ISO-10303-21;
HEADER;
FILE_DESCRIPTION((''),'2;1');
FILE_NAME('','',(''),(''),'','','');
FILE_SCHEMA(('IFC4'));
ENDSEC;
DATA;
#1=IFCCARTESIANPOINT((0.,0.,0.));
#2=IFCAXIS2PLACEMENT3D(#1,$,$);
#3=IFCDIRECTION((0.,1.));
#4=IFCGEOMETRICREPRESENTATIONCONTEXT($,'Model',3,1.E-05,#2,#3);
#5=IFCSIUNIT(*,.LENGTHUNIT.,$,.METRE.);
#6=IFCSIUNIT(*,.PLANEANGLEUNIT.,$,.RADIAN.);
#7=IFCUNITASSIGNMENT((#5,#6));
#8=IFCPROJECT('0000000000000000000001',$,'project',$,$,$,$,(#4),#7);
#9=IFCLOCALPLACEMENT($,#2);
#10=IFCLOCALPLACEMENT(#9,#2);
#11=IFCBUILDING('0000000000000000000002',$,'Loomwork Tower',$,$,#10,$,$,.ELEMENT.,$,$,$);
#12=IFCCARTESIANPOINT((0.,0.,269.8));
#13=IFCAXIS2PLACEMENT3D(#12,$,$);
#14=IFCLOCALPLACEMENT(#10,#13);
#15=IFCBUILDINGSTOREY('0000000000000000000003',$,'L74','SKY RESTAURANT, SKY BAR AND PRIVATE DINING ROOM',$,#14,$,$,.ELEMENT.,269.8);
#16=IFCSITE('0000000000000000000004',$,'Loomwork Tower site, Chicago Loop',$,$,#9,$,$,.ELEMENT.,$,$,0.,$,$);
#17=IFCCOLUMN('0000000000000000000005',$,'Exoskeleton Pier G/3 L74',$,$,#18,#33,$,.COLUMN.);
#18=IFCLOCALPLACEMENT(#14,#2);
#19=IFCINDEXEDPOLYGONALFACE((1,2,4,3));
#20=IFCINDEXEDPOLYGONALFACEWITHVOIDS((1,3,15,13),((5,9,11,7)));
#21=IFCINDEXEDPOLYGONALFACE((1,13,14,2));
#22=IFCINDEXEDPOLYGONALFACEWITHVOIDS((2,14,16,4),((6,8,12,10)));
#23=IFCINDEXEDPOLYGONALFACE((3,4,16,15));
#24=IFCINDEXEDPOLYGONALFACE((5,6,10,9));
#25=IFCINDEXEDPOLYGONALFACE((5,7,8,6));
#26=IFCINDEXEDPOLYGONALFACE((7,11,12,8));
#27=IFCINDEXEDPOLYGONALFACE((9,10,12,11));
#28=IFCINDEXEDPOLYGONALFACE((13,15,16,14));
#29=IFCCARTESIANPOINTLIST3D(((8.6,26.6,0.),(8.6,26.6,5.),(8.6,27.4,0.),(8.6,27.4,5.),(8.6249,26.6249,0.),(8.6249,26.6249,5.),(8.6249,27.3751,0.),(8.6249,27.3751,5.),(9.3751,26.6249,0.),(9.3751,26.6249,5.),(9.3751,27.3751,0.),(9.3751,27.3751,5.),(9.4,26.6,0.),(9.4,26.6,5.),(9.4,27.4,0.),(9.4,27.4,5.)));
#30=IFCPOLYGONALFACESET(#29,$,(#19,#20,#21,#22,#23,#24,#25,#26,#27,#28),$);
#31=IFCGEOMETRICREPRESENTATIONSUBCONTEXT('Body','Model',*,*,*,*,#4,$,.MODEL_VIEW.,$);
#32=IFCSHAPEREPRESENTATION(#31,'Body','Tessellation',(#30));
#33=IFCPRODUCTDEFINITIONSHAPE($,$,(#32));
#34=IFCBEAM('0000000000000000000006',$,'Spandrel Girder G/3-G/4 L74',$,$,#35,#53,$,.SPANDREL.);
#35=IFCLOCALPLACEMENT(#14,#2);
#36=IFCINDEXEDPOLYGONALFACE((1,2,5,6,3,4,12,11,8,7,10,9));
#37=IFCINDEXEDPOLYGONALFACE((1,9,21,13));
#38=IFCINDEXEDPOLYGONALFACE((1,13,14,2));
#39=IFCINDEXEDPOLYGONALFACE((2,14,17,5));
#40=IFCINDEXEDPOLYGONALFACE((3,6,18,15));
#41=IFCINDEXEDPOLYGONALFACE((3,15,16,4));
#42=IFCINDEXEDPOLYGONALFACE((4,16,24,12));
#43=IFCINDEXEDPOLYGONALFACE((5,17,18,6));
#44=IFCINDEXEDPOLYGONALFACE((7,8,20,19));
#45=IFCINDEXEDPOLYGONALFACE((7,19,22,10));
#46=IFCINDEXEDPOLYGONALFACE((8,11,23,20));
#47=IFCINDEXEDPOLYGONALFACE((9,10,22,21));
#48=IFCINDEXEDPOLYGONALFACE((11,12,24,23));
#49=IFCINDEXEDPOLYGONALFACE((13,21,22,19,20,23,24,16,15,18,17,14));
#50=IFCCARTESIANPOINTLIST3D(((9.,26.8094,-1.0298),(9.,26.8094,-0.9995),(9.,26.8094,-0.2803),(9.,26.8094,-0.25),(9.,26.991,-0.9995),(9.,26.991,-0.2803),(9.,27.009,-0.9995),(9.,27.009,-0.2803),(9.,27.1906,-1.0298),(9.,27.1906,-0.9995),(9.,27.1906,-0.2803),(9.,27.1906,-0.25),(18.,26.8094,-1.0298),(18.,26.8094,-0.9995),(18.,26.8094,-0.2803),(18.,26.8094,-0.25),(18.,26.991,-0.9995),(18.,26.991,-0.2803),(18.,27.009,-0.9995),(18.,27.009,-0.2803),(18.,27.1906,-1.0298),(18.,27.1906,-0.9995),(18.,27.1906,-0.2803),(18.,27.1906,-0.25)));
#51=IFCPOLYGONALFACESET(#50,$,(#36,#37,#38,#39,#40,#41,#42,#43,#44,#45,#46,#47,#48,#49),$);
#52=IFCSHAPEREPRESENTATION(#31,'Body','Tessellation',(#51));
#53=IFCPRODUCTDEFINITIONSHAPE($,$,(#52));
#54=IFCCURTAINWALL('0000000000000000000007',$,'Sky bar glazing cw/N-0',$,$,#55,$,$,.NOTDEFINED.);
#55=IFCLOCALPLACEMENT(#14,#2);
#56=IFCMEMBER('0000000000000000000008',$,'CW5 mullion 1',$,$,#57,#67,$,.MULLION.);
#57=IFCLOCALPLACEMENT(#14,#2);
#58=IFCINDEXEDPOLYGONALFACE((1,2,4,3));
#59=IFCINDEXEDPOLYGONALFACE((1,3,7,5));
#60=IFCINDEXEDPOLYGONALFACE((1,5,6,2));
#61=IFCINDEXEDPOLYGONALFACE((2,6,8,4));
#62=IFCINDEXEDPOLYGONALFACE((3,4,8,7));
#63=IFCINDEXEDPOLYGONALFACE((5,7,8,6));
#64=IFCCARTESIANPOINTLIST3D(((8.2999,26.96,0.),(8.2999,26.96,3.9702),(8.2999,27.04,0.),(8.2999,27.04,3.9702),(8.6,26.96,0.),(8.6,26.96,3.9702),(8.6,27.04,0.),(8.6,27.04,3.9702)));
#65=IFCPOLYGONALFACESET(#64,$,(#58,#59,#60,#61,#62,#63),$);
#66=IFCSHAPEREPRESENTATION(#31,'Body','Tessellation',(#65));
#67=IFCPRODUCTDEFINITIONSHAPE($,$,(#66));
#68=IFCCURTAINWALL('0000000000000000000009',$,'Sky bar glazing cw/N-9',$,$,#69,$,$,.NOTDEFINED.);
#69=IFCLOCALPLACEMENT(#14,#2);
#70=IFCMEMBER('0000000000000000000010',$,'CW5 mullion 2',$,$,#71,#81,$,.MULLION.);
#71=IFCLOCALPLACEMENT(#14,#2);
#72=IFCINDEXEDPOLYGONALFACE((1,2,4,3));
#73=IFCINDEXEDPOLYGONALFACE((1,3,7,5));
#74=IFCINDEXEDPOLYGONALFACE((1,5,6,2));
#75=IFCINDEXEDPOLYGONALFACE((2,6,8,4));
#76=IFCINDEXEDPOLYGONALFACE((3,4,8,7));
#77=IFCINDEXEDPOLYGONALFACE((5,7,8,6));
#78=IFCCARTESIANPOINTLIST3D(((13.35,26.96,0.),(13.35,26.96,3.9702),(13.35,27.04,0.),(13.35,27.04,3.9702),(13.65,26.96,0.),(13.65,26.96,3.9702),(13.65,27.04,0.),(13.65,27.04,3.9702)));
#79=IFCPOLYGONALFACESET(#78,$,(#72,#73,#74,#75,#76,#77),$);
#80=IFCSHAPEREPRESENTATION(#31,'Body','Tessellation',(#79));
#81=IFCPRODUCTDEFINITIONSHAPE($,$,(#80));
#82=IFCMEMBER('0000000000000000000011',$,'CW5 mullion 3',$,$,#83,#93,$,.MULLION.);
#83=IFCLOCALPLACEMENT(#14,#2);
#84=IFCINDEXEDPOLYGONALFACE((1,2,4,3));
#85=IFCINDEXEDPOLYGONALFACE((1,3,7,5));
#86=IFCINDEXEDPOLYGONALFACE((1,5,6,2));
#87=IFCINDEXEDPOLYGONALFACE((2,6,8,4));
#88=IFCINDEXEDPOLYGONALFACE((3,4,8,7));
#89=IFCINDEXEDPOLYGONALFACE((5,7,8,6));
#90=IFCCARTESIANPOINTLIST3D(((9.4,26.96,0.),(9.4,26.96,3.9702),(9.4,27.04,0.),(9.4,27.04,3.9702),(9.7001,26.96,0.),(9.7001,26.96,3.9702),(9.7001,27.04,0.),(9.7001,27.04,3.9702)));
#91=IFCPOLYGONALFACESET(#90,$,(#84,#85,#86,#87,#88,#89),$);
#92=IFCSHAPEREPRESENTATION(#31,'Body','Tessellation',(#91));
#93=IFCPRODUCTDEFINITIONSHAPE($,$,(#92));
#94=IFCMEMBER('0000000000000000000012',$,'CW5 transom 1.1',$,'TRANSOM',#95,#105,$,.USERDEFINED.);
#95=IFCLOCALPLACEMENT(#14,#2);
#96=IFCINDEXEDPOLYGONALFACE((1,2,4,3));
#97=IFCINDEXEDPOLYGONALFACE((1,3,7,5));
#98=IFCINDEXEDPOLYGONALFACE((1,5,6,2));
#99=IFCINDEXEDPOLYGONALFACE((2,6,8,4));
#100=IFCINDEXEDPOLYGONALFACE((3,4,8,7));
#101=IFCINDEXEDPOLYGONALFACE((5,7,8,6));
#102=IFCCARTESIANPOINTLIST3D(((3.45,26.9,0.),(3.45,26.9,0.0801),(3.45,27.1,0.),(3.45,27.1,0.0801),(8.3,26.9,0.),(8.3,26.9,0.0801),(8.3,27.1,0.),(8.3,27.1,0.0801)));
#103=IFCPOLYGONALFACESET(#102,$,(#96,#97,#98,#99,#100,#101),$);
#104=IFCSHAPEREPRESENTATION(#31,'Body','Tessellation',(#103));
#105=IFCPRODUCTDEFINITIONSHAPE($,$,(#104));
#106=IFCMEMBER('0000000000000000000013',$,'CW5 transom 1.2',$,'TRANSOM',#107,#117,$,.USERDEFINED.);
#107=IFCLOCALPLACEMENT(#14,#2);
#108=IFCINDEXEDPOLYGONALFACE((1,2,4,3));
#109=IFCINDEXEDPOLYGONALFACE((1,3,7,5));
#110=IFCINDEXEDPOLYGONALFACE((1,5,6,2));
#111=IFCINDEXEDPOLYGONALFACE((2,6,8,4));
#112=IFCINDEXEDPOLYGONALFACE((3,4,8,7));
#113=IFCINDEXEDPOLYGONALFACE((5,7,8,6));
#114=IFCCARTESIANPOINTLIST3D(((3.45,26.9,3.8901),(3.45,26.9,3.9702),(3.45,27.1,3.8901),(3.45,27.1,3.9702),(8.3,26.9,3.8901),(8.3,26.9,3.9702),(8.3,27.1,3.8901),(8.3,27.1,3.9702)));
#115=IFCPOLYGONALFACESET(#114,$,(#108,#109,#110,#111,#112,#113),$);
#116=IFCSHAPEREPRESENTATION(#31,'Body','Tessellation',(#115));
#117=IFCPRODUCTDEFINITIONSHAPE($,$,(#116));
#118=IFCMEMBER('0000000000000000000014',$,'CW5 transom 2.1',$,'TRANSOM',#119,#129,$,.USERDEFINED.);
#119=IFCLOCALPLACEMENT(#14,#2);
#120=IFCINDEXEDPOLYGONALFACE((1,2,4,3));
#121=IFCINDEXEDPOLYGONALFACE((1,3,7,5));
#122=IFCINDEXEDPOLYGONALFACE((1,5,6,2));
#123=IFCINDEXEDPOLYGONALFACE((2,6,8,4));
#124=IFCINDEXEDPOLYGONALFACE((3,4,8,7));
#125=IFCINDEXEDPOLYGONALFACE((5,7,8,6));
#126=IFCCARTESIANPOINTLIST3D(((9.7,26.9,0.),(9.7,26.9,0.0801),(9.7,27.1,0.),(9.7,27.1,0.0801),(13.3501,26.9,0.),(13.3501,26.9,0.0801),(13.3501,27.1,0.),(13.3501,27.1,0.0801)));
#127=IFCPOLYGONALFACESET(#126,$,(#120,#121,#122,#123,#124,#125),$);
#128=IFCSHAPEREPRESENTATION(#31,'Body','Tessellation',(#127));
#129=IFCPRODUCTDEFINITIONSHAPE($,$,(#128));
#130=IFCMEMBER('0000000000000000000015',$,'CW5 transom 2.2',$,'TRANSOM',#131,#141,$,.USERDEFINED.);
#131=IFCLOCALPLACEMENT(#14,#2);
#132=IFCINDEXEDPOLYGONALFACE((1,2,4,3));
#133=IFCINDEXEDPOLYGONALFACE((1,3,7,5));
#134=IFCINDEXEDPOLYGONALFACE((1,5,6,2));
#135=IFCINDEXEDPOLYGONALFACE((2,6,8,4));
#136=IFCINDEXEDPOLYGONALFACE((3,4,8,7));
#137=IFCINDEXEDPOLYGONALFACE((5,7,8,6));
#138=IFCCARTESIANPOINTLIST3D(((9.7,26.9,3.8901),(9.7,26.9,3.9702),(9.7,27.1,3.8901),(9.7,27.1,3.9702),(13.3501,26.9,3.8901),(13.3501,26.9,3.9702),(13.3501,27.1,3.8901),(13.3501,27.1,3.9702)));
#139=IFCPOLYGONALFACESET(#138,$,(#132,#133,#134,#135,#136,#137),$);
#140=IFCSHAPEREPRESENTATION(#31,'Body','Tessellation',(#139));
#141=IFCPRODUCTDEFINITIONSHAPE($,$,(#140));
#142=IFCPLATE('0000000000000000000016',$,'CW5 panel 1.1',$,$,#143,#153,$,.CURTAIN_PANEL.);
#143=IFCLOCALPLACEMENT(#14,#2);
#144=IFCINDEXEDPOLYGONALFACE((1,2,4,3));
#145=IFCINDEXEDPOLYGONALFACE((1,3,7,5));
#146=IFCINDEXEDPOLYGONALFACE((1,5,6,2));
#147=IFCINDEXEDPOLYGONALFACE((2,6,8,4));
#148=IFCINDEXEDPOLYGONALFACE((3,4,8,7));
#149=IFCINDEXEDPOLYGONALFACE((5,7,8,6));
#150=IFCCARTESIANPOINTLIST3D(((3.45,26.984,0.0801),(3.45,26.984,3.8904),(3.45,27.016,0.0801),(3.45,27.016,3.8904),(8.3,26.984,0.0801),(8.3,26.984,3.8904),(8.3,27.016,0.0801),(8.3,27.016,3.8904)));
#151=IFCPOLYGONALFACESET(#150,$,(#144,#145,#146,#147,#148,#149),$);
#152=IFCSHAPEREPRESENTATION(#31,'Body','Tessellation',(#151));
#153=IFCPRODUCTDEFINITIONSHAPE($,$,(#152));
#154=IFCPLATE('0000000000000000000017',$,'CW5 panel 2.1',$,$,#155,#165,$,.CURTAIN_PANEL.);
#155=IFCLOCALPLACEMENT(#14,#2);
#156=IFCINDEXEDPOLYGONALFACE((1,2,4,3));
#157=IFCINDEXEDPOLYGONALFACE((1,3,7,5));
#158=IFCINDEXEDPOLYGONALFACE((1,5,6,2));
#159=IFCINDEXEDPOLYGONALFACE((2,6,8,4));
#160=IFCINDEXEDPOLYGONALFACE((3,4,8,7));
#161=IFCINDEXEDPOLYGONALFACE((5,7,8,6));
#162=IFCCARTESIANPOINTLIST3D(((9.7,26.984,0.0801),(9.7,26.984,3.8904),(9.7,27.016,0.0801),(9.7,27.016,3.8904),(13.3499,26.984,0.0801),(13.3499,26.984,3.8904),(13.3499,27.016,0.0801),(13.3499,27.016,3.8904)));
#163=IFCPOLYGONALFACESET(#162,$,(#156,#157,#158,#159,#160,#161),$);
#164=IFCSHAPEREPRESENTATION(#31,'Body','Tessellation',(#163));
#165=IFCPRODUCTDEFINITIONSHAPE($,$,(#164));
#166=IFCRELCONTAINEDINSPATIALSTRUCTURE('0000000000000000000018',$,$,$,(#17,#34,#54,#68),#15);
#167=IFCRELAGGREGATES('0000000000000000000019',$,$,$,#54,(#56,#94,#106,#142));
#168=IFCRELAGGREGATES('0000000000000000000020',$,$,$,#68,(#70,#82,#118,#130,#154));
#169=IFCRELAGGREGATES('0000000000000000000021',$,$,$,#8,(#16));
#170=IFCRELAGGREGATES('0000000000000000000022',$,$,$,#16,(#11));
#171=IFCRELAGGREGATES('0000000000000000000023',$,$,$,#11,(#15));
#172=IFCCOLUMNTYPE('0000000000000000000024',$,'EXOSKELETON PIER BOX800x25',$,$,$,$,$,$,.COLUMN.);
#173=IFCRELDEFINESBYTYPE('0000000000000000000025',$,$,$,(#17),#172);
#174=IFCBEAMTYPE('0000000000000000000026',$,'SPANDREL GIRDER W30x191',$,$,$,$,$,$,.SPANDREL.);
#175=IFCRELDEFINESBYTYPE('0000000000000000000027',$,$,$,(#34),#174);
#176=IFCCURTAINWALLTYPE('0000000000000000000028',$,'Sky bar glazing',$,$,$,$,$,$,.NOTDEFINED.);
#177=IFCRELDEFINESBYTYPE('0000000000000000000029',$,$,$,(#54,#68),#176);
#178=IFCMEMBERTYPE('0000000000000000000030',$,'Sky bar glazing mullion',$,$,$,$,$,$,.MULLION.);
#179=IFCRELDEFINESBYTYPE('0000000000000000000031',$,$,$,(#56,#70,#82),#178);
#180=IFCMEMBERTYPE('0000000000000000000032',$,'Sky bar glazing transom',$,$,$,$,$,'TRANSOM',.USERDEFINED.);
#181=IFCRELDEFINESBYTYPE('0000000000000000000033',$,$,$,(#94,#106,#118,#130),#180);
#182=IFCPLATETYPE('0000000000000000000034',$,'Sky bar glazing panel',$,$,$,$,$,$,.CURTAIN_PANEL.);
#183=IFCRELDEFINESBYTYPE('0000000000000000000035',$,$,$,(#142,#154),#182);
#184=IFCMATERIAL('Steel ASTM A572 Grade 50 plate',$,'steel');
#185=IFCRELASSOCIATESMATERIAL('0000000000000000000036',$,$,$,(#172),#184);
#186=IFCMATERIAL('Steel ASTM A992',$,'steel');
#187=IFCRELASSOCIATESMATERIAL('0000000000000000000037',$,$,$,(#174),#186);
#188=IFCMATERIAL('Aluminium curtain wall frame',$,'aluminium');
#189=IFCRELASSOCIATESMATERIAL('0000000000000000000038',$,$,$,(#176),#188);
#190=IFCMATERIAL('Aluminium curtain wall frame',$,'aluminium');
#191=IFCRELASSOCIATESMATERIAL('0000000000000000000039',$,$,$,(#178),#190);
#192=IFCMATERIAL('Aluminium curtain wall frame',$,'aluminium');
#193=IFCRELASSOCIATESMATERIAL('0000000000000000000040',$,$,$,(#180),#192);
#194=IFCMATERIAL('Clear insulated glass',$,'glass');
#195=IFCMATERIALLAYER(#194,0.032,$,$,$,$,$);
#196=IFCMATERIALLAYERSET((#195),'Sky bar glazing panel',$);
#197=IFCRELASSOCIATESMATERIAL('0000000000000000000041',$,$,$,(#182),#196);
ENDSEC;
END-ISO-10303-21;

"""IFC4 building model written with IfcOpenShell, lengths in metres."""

from ifc_helpers import new_model, si_unit, direction, frame, origin, origin_2d, place, context, subcontext, project, spatial, rectangle, hollow_rectangle, i_section, extrude, material, layer, layer_set, material_profile, profile_set, type_object, element, aggregate, save


model = new_model("IFC4")

# Units and contexts
model_context = context("Model", 3, precision=1e-05, world=origin(), true_north=direction((0.0, 1.0)))
body_context = subcontext(model_context, "Body", "Model", "MODEL_VIEW")
ifc_project = project(units=[si_unit("LENGTHUNIT", "METRE"), si_unit("PLANEANGLEUNIT", "RADIAN")], contexts=[model_context])

# Site, building, storey
site_placement = place(None, origin())
site = spatial("IfcSite", under=ifc_project, at=site_placement, Name="Loomwork Tower site, Chicago Loop", CompositionType="ELEMENT", RefElevation=0.0)
building_placement = place(site_placement, origin())
building = spatial("IfcBuilding", under=site, at=building_placement, Name="Loomwork Tower", CompositionType="ELEMENT")
storey_placement = place(building_placement, frame((0.0, 0.0, 269.8)))
storey = spatial("IfcBuildingStorey", under=building, at=storey_placement, Name="L74", Description="SKY RESTAURANT, SKY BAR AND PRIVATE DINING ROOM", CompositionType="ELEMENT", Elevation=269.8)

# Column
ifc_material_1 = material(Name="Steel ASTM A572 Grade 50 plate", Category="steel")
ifc_material_profile_1 = material_profile(ifc_material_1, hollow_rectangle(XDim=0.8, YDim=0.8, WallThickness=0.0249, at=origin_2d()), Name="BOX800x25")
ifc_profile_set_1 = profile_set([ifc_material_profile_1], Name="Steel ASTM A572 Grade 50 plate")
column_type = type_object("IfcColumnType", Name="EXOSKELETON PIER BOX800x25", PredefinedType="COLUMN", material=ifc_profile_set_1)
column_placement = place(storey_placement, frame((9.0, 27.0, 0.0), z_axis=(0.0, 0.0, 1.0), x_axis=(1.0, 0.0, 0.0)))
element("IfcColumn", 1, at=column_placement, inside=storey, type_object=column_type, Name="Exoskeleton Pier G/3 L74", PredefinedType="COLUMN", context=body_context, shape_type="SweptSolid", body=[
    extrude(hollow_rectangle(XDim=0.8, YDim=0.8, WallThickness=0.0249, at=origin_2d()), origin(), (0.0, 0.0, 1.0), 5.0),
])

# Beam
ifc_material_2 = material(Name="Steel ASTM A992", Category="steel")
ifc_material_profile_2 = material_profile(ifc_material_2, i_section(OverallWidth=0.3811, OverallDepth=0.7798, WebThickness=0.0181, FlangeThickness=0.0303, at=origin_2d()), Name="W30x191")
ifc_profile_set_2 = profile_set([ifc_material_profile_2], Name="Steel ASTM A992")
beam_type = type_object("IfcBeamType", Name="SPANDREL GIRDER W30x191", PredefinedType="SPANDREL", material=ifc_profile_set_2)
beam_placement = place(storey_placement, frame((9.0, 27.0, -0.6399), z_axis=(1.0, 0.0, 0.0), x_axis=(0.0, 1.0, 0.0)))
element("IfcBeam", 2, at=beam_placement, inside=storey, type_object=beam_type, Name="Spandrel Girder G/3-G/4 L74", PredefinedType="SPANDREL", context=body_context, shape_type="SweptSolid", body=[
    extrude(i_section(OverallWidth=0.3811, OverallDepth=0.7798, WebThickness=0.0181, FlangeThickness=0.0303, at=origin_2d()), origin(), (0.0, 0.0, 1.0), 9.0),
])

# Curtain wall, member
ifc_material_3 = material(Name="Aluminium curtain wall frame", Category="aluminium")
curtain_wall_type = type_object("IfcCurtainWallType", Name="Sky bar glazing", PredefinedType="NOTDEFINED", material=ifc_material_3)
curtain_wall_1_placement = place(storey_placement, origin())
curtain_wall_1 = element("IfcCurtainWall", 3, at=curtain_wall_1_placement, inside=storey, type_object=curtain_wall_type, Name="Sky bar glazing cw/N-0", PredefinedType="NOTDEFINED")
ifc_material_4 = material(Name="Aluminium curtain wall frame", Category="aluminium")
ifc_material_profile_3 = material_profile(ifc_material_4, rectangle(XDim=0.0801, YDim=0.3, at=origin_2d()), Name="AL 80x300")
ifc_profile_set_3 = profile_set([ifc_material_profile_3], Name="Aluminium curtain wall frame")
member_type_1 = type_object("IfcMemberType", Name="Sky bar glazing mullion", PredefinedType="MULLION", material=ifc_profile_set_3)
member_1_placement = place(storey_placement, frame((8.45, 27.0, 0.0), z_axis=(0.0, 0.0, 1.0), x_axis=(0.0, -1.0, 0.0)))
member_1 = element("IfcMember", 4, at=member_1_placement, type_object=member_type_1, Name="CW5 mullion 1", PredefinedType="MULLION", context=body_context, shape_type="SweptSolid", body=[
    extrude(rectangle(XDim=0.0801, YDim=0.3, at=origin_2d()), origin(), (0.0, 0.0, 1.0), 3.9702),
])

# Curtain wall, members
curtain_wall_2_placement = place(storey_placement, origin())
curtain_wall_2 = element("IfcCurtainWall", 5, at=curtain_wall_2_placement, inside=storey, type_object=curtain_wall_type, Name="Sky bar glazing cw/N-9", PredefinedType="NOTDEFINED")
member_2_placement = place(storey_placement, frame((13.5, 27.0, 0.0), z_axis=(0.0, 0.0, 1.0), x_axis=(0.0, -1.0, 0.0)))
member_2 = element("IfcMember", 6, at=member_2_placement, type_object=member_type_1, Name="CW5 mullion 2", PredefinedType="MULLION", context=body_context, shape_type="SweptSolid", body=[
    extrude(rectangle(XDim=0.0801, YDim=0.3, at=origin_2d()), origin(), (0.0, 0.0, 1.0), 3.9702),
])
member_3_placement = place(storey_placement, frame((9.55, 27.0, 0.0), z_axis=(0.0, 0.0, 1.0), x_axis=(0.0, -1.0, 0.0)))
member_3 = element("IfcMember", 7, at=member_3_placement, type_object=member_type_1, Name="CW5 mullion 3", PredefinedType="MULLION", context=body_context, shape_type="SweptSolid", body=[
    extrude(rectangle(XDim=0.0801, YDim=0.3, at=origin_2d()), origin(), (0.0, 0.0, 1.0), 3.9702),
])

# Members
ifc_material_5 = material(Name="Aluminium curtain wall frame", Category="aluminium")
ifc_material_profile_4 = material_profile(ifc_material_5, rectangle(XDim=0.2, YDim=0.0801, at=origin_2d()), Name="AL 80x200")
ifc_profile_set_4 = profile_set([ifc_material_profile_4], Name="Aluminium curtain wall frame")
member_type_2 = type_object("IfcMemberType", Name="Sky bar glazing transom", ElementType="TRANSOM", PredefinedType="USERDEFINED", material=ifc_profile_set_4)
member_4_placement = place(storey_placement, frame((8.3, 27.0, 0.04), z_axis=(-1.0, 0.0, 0.0), x_axis=(0.0, -1.0, 0.0)))
member_4 = element("IfcMember", 8, at=member_4_placement, type_object=member_type_2, Name="CW5 transom 1.1", ObjectType="TRANSOM", PredefinedType="USERDEFINED", context=body_context, shape_type="SweptSolid", body=[
    extrude(rectangle(XDim=0.2, YDim=0.0801, at=origin_2d()), origin(), (0.0, 0.0, 1.0), 4.8501),
])
member_5_placement = place(storey_placement, frame((8.3, 27.0, 3.9302), z_axis=(-1.0, 0.0, 0.0), x_axis=(0.0, -1.0, 0.0)))
member_5 = element("IfcMember", 9, at=member_5_placement, type_object=member_type_2, Name="CW5 transom 1.2", ObjectType="TRANSOM", PredefinedType="USERDEFINED", context=body_context, shape_type="SweptSolid", body=[
    extrude(rectangle(XDim=0.2, YDim=0.0801, at=origin_2d()), origin(), (0.0, 0.0, 1.0), 4.8501),
])
member_6_placement = place(storey_placement, frame((13.3501, 27.0, 0.04), z_axis=(-1.0, 0.0, 0.0), x_axis=(0.0, -1.0, 0.0)))
member_6 = element("IfcMember", 10, at=member_6_placement, type_object=member_type_2, Name="CW5 transom 2.1", ObjectType="TRANSOM", PredefinedType="USERDEFINED", context=body_context, shape_type="SweptSolid", body=[
    extrude(rectangle(XDim=0.2, YDim=0.0801, at=origin_2d()), origin(), (0.0, 0.0, 1.0), 3.6501),
])
member_7_placement = place(storey_placement, frame((13.3501, 27.0, 3.9302), z_axis=(-1.0, 0.0, 0.0), x_axis=(0.0, -1.0, 0.0)))
member_7 = element("IfcMember", 11, at=member_7_placement, type_object=member_type_2, Name="CW5 transom 2.2", ObjectType="TRANSOM", PredefinedType="USERDEFINED", context=body_context, shape_type="SweptSolid", body=[
    extrude(rectangle(XDim=0.2, YDim=0.0801, at=origin_2d()), origin(), (0.0, 0.0, 1.0), 3.6501),
])

# Plates
ifc_material_6 = material(Name="Clear insulated glass", Category="glass")
ifc_layer_1 = layer(ifc_material_6, 0.032)
ifc_layer_set_1 = layer_set([ifc_layer_1], Name="Sky bar glazing panel")
plate_type = type_object("IfcPlateType", Name="Sky bar glazing panel", PredefinedType="CURTAIN_PANEL", material=ifc_layer_set_1)
plate_1_placement = place(storey_placement, frame((5.875, 27.0, 0.0801), z_axis=(0.0, 0.0, 1.0), x_axis=(-1.0, 0.0, 0.0)))
plate_1 = element("IfcPlate", 12, at=plate_1_placement, type_object=plate_type, Name="CW5 panel 1.1", PredefinedType="CURTAIN_PANEL", context=body_context, shape_type="SweptSolid", body=[
    extrude(rectangle(XDim=4.8501, YDim=0.032, at=origin_2d()), origin(), (0.0, 0.0, 1.0), 3.8103),
])
aggregate(curtain_wall_1, [member_1, member_4, member_5, plate_1])
plate_2_placement = place(storey_placement, frame((11.5249, 27.0, 0.0801), z_axis=(0.0, 0.0, 1.0), x_axis=(-1.0, 0.0, 0.0)))
plate_2 = element("IfcPlate", 13, at=plate_2_placement, type_object=plate_type, Name="CW5 panel 2.1", PredefinedType="CURTAIN_PANEL", context=body_context, shape_type="SweptSolid", body=[
    extrude(rectangle(XDim=3.6499, YDim=0.032, at=origin_2d()), origin(), (0.0, 0.0, 1.0), 3.8103),
])
aggregate(curtain_wall_2, [member_2, member_3, member_6, member_7, plate_2])

save(model, "model.ifc")
